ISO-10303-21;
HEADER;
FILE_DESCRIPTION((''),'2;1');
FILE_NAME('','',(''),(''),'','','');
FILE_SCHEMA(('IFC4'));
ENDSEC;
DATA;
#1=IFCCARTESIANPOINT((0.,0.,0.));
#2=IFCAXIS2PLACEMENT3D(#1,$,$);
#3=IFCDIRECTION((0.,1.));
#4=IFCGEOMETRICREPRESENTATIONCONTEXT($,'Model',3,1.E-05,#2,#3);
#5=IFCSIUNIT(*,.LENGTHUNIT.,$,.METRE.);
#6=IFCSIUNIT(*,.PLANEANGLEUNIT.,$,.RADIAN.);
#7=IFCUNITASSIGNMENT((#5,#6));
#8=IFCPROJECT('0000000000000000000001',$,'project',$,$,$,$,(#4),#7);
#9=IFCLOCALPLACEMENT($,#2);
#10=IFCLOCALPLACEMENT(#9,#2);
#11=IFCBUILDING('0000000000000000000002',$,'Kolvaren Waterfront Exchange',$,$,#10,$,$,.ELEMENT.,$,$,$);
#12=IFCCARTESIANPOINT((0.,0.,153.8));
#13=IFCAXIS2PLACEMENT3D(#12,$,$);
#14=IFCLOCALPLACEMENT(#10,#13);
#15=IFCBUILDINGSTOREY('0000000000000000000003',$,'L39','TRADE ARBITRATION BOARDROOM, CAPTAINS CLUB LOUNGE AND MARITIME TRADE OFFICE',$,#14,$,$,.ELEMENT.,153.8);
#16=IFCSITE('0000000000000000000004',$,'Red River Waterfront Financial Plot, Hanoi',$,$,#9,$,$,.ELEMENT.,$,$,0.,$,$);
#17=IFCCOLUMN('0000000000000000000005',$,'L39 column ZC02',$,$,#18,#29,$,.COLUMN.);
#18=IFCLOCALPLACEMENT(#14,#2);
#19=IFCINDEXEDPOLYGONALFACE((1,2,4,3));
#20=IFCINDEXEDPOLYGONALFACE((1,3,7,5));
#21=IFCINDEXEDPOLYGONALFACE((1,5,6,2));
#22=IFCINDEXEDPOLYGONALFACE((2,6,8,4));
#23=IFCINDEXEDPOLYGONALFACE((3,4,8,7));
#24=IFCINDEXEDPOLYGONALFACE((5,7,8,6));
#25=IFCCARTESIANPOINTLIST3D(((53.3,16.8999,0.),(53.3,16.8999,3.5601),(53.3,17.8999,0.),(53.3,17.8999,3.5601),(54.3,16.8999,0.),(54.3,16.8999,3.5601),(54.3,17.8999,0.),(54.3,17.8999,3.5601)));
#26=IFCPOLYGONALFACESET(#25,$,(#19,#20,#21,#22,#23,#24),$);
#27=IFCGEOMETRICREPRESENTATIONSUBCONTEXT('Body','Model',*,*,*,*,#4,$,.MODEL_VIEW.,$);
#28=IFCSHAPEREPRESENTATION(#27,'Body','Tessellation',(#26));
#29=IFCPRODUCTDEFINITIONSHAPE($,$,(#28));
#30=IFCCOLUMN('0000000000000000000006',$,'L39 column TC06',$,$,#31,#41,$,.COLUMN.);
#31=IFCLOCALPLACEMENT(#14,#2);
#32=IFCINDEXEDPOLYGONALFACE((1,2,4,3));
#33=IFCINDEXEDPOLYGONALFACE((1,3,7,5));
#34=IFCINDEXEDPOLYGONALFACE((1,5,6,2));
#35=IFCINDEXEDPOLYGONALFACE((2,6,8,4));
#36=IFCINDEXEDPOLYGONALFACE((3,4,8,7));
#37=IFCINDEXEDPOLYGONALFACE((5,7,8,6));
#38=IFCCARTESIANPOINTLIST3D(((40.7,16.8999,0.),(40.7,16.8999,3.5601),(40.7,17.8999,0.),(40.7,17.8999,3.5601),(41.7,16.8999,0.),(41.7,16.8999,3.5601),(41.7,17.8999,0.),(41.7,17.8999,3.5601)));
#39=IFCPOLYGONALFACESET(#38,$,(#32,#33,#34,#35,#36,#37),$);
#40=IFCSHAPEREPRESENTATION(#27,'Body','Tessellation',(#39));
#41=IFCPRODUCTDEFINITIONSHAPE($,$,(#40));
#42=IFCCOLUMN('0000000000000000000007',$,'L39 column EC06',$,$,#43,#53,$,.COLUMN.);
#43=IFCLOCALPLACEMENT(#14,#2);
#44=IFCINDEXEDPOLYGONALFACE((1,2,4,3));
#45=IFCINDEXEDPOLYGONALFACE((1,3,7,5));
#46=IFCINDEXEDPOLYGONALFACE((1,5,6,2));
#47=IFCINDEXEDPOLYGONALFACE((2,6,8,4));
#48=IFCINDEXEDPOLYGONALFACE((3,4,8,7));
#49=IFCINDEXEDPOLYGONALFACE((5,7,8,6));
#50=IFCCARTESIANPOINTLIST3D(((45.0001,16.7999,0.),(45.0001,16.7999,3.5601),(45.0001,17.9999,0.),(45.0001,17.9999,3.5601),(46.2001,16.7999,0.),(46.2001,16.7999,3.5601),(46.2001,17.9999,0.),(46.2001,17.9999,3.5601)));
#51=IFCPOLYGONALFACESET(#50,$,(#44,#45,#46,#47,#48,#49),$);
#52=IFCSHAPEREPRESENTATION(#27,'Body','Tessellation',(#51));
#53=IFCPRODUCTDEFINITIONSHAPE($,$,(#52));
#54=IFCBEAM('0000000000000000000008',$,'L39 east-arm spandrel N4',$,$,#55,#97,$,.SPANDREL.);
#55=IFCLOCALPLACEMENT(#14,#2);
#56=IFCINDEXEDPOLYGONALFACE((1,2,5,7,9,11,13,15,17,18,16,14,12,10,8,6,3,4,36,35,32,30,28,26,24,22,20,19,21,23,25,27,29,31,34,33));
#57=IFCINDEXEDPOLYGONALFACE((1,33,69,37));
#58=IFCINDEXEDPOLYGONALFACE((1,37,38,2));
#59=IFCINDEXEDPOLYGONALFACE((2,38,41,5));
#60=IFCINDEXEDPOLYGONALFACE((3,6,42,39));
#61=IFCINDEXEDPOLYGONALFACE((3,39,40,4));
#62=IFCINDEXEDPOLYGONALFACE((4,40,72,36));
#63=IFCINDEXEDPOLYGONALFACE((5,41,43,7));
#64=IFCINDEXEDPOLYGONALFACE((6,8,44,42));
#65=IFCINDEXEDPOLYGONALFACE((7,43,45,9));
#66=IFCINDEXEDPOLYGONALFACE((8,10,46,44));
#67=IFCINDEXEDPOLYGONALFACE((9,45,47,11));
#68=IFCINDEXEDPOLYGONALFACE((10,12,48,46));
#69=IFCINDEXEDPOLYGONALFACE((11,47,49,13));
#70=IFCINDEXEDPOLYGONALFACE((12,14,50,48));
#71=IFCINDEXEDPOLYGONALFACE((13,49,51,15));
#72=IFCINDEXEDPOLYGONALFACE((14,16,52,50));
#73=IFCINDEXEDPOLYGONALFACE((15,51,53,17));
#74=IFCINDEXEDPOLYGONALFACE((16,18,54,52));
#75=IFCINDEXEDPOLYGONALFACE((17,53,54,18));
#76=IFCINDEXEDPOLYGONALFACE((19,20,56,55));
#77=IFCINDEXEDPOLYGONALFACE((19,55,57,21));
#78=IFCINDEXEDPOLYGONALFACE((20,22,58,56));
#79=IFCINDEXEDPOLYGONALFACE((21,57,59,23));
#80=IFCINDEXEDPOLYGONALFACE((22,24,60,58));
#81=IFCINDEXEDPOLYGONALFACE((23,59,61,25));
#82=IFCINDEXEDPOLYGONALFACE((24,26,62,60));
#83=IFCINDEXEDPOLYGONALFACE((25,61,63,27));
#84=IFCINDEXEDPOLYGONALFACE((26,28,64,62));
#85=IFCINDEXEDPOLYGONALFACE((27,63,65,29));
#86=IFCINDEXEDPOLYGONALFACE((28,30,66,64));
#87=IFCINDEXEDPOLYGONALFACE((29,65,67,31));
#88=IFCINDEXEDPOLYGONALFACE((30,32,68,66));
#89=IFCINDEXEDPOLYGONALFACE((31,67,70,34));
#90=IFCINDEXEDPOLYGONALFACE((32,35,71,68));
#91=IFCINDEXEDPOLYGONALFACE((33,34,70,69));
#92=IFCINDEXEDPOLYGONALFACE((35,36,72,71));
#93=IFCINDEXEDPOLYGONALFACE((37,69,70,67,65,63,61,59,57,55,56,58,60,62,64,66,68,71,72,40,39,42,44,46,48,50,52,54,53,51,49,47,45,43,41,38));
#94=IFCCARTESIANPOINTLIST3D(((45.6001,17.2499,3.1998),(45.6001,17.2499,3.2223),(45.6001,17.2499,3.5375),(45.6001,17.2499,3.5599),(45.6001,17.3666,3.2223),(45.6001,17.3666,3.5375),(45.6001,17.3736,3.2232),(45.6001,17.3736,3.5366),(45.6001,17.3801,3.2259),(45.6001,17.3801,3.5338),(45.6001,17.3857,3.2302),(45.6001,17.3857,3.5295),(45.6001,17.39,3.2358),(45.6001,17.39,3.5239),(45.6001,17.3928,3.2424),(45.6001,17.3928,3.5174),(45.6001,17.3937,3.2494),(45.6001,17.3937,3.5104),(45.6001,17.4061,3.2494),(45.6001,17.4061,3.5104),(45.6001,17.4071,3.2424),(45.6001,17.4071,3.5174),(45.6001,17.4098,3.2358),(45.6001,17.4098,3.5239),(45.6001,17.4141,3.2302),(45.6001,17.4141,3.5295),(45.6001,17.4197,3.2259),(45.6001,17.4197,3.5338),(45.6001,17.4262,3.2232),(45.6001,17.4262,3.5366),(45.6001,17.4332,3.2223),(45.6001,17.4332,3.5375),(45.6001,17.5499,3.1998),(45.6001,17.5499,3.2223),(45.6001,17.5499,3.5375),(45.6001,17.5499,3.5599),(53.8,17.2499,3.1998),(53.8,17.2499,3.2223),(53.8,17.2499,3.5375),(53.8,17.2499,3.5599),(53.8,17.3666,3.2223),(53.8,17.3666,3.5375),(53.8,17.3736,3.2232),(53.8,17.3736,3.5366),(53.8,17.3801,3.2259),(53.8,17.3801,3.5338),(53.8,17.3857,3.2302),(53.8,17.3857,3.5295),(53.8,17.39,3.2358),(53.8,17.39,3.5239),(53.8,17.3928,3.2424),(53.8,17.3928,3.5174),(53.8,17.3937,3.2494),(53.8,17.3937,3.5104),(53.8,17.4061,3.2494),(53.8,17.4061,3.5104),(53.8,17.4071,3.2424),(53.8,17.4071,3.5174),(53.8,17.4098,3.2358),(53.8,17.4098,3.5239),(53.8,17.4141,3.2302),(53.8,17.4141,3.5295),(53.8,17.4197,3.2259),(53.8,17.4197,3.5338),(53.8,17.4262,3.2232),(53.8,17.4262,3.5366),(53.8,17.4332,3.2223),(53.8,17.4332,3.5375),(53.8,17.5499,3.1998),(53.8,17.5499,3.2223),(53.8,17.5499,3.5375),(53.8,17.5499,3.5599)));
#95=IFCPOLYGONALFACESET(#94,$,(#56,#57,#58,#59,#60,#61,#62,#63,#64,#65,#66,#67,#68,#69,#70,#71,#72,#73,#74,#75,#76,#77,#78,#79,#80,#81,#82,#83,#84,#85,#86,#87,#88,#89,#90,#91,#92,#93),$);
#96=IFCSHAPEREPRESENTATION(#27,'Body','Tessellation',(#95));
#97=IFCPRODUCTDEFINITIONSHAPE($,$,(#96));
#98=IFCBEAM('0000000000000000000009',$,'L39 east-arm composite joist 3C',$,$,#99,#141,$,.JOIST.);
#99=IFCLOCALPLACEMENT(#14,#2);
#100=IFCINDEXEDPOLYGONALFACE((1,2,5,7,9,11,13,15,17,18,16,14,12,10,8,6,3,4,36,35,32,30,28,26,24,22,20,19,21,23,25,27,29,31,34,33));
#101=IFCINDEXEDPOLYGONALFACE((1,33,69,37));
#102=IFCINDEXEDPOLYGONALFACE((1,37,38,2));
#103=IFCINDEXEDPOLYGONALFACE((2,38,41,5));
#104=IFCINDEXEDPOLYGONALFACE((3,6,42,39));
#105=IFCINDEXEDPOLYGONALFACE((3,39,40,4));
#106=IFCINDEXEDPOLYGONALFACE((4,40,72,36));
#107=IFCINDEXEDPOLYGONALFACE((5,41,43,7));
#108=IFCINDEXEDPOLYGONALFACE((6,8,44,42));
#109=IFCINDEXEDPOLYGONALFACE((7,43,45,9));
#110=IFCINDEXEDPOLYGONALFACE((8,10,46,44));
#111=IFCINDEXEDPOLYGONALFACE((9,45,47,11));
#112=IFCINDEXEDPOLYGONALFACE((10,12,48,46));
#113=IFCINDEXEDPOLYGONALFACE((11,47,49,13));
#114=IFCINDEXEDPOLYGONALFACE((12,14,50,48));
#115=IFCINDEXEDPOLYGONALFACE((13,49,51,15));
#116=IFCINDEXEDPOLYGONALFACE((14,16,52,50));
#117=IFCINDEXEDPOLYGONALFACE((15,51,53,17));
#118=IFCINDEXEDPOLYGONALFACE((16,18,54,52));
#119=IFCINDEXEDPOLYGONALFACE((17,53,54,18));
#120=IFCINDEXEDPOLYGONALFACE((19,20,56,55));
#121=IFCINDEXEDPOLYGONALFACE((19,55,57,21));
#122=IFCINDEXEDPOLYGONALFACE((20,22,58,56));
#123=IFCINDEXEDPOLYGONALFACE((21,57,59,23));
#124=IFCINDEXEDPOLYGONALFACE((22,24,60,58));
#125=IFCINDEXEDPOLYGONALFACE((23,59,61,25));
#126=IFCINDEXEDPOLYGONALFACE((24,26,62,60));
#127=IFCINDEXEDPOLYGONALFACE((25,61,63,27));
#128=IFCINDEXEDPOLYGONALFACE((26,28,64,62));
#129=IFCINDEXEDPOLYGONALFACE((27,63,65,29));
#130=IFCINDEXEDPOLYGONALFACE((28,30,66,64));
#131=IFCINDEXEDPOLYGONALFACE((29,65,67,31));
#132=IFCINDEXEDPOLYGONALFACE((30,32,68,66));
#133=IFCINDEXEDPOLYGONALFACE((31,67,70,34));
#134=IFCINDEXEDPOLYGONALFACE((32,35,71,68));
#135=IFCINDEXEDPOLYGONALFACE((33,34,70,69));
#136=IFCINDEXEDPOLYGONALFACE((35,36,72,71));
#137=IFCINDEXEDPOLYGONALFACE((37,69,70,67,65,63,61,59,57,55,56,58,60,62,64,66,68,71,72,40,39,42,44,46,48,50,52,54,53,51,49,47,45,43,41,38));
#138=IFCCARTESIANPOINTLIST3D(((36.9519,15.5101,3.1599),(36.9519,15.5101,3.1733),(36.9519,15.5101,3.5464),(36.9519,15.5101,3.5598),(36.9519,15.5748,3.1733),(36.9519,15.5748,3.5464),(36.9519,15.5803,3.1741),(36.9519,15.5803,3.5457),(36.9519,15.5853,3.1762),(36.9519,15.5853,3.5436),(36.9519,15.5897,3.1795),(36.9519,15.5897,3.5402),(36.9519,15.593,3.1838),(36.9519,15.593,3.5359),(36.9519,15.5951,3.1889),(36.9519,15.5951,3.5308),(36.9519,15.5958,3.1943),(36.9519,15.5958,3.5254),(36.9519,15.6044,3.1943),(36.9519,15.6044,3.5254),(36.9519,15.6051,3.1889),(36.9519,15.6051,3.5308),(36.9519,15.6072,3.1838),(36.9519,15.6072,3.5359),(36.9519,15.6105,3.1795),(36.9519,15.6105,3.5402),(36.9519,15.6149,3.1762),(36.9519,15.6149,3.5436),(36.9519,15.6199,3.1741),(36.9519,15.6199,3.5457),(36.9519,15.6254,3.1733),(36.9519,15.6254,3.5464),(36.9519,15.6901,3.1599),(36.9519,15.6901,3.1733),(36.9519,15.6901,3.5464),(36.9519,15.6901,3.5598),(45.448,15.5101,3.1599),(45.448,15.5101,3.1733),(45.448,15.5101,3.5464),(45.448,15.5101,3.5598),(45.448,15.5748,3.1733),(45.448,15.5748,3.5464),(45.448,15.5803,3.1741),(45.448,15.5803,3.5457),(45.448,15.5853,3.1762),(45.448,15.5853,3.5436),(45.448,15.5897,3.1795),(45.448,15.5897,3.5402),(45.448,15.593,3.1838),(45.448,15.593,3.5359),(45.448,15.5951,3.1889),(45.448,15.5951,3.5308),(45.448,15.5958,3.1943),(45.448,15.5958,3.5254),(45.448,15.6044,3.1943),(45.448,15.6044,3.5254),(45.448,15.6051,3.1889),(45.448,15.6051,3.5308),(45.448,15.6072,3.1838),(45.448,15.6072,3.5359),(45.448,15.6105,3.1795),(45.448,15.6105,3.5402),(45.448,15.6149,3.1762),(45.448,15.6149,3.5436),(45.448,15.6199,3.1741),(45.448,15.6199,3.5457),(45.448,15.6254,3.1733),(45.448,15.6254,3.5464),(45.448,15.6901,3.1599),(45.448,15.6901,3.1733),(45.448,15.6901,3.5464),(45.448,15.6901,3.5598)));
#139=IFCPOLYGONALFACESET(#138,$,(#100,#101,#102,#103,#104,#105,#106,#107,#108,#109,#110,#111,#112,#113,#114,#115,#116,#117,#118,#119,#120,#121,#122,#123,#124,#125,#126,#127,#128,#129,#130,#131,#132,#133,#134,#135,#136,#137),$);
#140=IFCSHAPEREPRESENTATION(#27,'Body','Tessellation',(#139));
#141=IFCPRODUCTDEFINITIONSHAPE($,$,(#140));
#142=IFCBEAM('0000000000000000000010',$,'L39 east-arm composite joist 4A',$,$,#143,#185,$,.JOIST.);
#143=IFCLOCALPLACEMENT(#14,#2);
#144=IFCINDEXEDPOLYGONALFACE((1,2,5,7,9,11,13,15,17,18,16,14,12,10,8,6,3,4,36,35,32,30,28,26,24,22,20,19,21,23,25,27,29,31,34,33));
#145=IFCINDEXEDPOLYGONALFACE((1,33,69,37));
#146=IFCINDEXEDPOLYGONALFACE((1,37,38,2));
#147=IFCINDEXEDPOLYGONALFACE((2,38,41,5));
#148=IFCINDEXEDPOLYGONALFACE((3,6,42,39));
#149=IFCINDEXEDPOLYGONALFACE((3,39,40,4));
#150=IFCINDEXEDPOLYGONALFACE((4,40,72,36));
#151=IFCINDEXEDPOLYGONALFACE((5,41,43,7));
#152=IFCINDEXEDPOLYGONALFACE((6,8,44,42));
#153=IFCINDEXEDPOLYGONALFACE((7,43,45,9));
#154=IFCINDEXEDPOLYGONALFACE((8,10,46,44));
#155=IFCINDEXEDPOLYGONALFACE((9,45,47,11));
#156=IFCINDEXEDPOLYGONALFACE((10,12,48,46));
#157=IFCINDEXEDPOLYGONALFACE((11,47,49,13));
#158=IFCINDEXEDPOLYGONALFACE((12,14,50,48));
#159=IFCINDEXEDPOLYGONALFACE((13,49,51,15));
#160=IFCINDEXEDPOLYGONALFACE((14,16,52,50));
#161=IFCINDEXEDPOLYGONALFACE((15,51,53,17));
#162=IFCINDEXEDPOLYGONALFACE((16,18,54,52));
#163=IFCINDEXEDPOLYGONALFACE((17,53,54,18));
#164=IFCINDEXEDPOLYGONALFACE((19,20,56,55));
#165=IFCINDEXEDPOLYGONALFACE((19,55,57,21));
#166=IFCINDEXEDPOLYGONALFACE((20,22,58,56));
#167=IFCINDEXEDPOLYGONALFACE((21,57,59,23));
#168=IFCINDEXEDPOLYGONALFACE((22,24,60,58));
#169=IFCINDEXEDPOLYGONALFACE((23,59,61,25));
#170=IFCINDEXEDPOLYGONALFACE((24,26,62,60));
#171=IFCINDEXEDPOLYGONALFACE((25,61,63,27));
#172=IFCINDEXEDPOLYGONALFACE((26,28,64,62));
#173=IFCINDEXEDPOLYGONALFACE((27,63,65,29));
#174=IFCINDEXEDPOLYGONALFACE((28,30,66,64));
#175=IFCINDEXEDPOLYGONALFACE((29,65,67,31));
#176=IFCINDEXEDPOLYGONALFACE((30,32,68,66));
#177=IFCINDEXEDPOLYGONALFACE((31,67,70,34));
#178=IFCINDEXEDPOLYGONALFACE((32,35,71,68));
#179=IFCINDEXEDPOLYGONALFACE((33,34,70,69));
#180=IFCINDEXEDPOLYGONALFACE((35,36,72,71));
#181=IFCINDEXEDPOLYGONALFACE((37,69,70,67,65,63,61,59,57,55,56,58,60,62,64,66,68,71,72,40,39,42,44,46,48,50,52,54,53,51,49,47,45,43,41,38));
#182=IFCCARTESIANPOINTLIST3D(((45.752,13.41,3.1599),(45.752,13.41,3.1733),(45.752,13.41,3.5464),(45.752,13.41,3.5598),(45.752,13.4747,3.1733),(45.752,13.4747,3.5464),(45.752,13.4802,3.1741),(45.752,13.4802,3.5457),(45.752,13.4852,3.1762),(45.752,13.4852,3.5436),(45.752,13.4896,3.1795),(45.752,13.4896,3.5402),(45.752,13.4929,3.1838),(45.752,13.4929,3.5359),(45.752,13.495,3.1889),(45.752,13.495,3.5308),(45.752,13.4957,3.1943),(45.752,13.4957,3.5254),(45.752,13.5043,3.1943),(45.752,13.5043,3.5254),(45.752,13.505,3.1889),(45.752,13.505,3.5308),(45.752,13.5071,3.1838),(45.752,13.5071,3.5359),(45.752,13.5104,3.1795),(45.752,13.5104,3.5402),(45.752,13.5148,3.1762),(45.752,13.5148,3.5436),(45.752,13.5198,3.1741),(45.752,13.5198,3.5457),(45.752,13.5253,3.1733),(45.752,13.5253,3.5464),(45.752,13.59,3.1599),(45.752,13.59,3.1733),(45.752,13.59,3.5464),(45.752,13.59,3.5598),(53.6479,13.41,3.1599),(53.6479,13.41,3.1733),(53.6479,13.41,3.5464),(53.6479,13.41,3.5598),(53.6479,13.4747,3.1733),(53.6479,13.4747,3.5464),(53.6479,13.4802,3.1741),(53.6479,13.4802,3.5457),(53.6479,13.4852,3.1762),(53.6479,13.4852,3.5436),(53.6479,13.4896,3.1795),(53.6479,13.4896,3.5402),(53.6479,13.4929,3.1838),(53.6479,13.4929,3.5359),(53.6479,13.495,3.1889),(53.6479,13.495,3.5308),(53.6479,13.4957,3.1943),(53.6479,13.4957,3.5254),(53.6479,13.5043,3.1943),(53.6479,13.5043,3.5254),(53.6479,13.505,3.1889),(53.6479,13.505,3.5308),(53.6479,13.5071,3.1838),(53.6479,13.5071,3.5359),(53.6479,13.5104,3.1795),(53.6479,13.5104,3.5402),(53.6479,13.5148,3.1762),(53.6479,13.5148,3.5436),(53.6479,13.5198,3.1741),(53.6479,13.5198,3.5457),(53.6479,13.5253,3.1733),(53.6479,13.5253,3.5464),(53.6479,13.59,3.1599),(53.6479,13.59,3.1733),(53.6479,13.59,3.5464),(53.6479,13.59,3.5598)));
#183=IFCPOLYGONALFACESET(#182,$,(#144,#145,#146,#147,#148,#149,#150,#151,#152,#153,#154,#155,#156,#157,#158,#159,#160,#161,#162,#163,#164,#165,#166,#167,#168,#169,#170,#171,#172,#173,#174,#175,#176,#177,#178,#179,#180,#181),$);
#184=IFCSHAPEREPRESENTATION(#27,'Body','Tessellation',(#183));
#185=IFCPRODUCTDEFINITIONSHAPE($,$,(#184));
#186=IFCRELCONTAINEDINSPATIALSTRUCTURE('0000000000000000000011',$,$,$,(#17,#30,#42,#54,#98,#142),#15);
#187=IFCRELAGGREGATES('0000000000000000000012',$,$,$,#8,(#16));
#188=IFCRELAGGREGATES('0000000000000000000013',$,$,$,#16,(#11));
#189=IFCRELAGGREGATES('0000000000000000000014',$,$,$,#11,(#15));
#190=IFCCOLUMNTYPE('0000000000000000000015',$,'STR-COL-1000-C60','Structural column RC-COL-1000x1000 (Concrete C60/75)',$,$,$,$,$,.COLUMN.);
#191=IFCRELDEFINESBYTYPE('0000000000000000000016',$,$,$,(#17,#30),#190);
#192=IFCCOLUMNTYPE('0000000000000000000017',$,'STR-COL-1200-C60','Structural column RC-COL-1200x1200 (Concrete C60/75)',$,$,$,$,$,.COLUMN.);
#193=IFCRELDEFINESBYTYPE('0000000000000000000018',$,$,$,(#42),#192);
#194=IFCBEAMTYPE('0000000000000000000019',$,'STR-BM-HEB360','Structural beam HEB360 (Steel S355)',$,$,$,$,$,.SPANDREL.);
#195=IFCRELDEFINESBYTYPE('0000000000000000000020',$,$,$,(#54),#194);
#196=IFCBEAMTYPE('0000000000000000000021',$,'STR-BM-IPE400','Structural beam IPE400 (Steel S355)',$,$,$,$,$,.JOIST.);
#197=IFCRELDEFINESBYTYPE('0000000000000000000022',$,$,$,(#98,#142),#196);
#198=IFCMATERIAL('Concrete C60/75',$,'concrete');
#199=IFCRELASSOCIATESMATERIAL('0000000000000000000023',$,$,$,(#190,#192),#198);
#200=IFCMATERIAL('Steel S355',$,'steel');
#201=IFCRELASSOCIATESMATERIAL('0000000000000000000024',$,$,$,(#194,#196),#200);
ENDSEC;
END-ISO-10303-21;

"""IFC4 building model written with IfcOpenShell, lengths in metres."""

from ifc_helpers import new_model, si_unit, direction, frame, origin, origin_2d, place, context, subcontext, project, spatial, rectangle, i_section, extrude, material, material_profile, profile_set, type_object, element, save


model = new_model("IFC4")

# Units and contexts
model_context = context("Model", 3, precision=1e-05, world=origin(), true_north=direction((0.0, 1.0)))
body_context = subcontext(model_context, "Body", "Model", "MODEL_VIEW")
ifc_project = project(units=[si_unit("LENGTHUNIT", "METRE"), si_unit("PLANEANGLEUNIT", "RADIAN")], contexts=[model_context])

# Site, building, storey
site_placement = place(None, origin())
site = spatial("IfcSite", under=ifc_project, at=site_placement, Name="Red River Waterfront Financial Plot, Hanoi", CompositionType="ELEMENT", RefElevation=0.0)
building_placement = place(site_placement, origin())
building = spatial("IfcBuilding", under=site, at=building_placement, Name="Kolvaren Waterfront Exchange", CompositionType="ELEMENT")
storey_placement = place(building_placement, frame((0.0, 0.0, 153.8)))
storey = spatial("IfcBuildingStorey", under=building, at=storey_placement, Name="L39", Description="TRADE ARBITRATION BOARDROOM, CAPTAINS CLUB LOUNGE AND MARITIME TRADE OFFICE", CompositionType="ELEMENT", Elevation=153.8)

# Columns
ifc_material_1 = material(Name="Concrete C60/75", Category="concrete")
ifc_material_profile_1 = material_profile(ifc_material_1, rectangle(XDim=1.0, YDim=1.0, at=origin_2d()), Name="RC-COL-1000x1000")
ifc_profile_set_1 = profile_set([ifc_material_profile_1], Name="Concrete C60/75")
column_type_1 = type_object("IfcColumnType", Name="STR-COL-1000-C60", Description="Structural column RC-COL-1000x1000 (Concrete C60/75)", PredefinedType="COLUMN", material=ifc_profile_set_1)
for number, where, z_axis, x_axis, name in (
    (1, (53.8, 17.3999, 0.0), (0.0, 0.0, 1.0), (1.0, 0.0, 0.0), "L39 column ZC02"),
    (2, (41.2, 17.3999, 0.0), (0.0, 0.0, 1.0), (1.0, 0.0, 0.0), "L39 column TC06"),
):
    element("IfcColumn", number, at=place(storey_placement, frame(where, z_axis=z_axis, x_axis=x_axis)), inside=storey, type_object=column_type_1, Name=name, PredefinedType="COLUMN", context=body_context, shape_type="SweptSolid", body=[
        extrude(rectangle(XDim=1.0, YDim=1.0, at=origin_2d()), origin(), (0.0, 0.0, 1.0), 3.5601),
    ])
ifc_material_profile_2 = material_profile(ifc_material_1, rectangle(XDim=1.2, YDim=1.2, at=origin_2d()), Name="RC-COL-1200x1200")
ifc_profile_set_2 = profile_set([ifc_material_profile_2], Name="Concrete C60/75")
column_type_2 = type_object("IfcColumnType", Name="STR-COL-1200-C60", Description="Structural column RC-COL-1200x1200 (Concrete C60/75)", PredefinedType="COLUMN", material=ifc_profile_set_2)
column_placement = place(storey_placement, frame((45.6001, 17.3999, 0.0), z_axis=(0.0, 0.0, 1.0), x_axis=(1.0, 0.0, 0.0)))
element("IfcColumn", 3, at=column_placement, inside=storey, type_object=column_type_2, Name="L39 column EC06", PredefinedType="COLUMN", context=body_context, shape_type="SweptSolid", body=[
    extrude(rectangle(XDim=1.2, YDim=1.2, at=origin_2d()), origin(), (0.0, 0.0, 1.0), 3.5601),
])

# Beams
ifc_material_2 = material(Name="Steel S355", Category="steel")
ifc_material_profile_3 = material_profile(ifc_material_2, i_section(OverallWidth=0.3, OverallDepth=0.3601, WebThickness=0.0125, FlangeThickness=0.0225, FilletRadius=0.0271, at=origin_2d()), Name="HEB360")
ifc_profile_set_3 = profile_set([ifc_material_profile_3], Name="Steel S355")
beam_type_1 = type_object("IfcBeamType", Name="STR-BM-HEB360", Description="Structural beam HEB360 (Steel S355)", PredefinedType="SPANDREL", material=ifc_profile_set_3)
beam_1_placement = place(storey_placement, frame((45.6001, 17.3999, 3.3799), z_axis=(1.0, 0.0, 0.0), x_axis=(0.0, 1.0, 0.0)))
element("IfcBeam", 4, at=beam_1_placement, inside=storey, type_object=beam_type_1, Name="L39 east-arm spandrel N4", PredefinedType="SPANDREL", context=body_context, shape_type="SweptSolid", body=[
    extrude(i_section(OverallWidth=0.3, OverallDepth=0.3601, WebThickness=0.0125, FlangeThickness=0.0225, FilletRadius=0.0271, at=origin_2d()), origin(), (0.0, 0.0, 1.0), 8.2),
])
ifc_material_profile_4 = material_profile(ifc_material_2, i_section(OverallWidth=0.1799, OverallDepth=0.3999, WebThickness=0.0085, FlangeThickness=0.0134, FilletRadius=0.021, at=origin_2d()), Name="IPE400")
ifc_profile_set_4 = profile_set([ifc_material_profile_4], Name="Steel S355")
beam_type_2 = type_object("IfcBeamType", Name="STR-BM-IPE400", Description="Structural beam IPE400 (Steel S355)", PredefinedType="JOIST", material=ifc_profile_set_4)
beam_2_placement = place(storey_placement, frame((36.9519, 15.6001, 3.3599), z_axis=(1.0, 0.0, 0.0), x_axis=(0.0, 1.0, 0.0)))
element("IfcBeam", 5, at=beam_2_placement, inside=storey, type_object=beam_type_2, Name="L39 east-arm composite joist 3C", PredefinedType="JOIST", context=body_context, shape_type="SweptSolid", body=[
    extrude(i_section(OverallWidth=0.1799, OverallDepth=0.3999, WebThickness=0.0085, FlangeThickness=0.0134, FilletRadius=0.021, at=origin_2d()), origin(), (0.0, 0.0, 1.0), 8.4961),
])
for number, where, z_axis, x_axis, name in (
    (6, (45.752, 13.5, 3.3599), (1.0, 0.0, 0.0), (0.0, 1.0, 0.0), "L39 east-arm composite joist 4A"),
):
    element("IfcBeam", number, at=place(storey_placement, frame(where, z_axis=z_axis, x_axis=x_axis)), inside=storey, type_object=beam_type_2, Name=name, PredefinedType="JOIST", context=body_context, shape_type="SweptSolid", body=[
        extrude(i_section(OverallWidth=0.1799, OverallDepth=0.3999, WebThickness=0.0085, FlangeThickness=0.0134, FilletRadius=0.021, at=origin_2d()), origin(), (0.0, 0.0, 1.0), 7.896),
    ])

save(model, "model.ifc")
